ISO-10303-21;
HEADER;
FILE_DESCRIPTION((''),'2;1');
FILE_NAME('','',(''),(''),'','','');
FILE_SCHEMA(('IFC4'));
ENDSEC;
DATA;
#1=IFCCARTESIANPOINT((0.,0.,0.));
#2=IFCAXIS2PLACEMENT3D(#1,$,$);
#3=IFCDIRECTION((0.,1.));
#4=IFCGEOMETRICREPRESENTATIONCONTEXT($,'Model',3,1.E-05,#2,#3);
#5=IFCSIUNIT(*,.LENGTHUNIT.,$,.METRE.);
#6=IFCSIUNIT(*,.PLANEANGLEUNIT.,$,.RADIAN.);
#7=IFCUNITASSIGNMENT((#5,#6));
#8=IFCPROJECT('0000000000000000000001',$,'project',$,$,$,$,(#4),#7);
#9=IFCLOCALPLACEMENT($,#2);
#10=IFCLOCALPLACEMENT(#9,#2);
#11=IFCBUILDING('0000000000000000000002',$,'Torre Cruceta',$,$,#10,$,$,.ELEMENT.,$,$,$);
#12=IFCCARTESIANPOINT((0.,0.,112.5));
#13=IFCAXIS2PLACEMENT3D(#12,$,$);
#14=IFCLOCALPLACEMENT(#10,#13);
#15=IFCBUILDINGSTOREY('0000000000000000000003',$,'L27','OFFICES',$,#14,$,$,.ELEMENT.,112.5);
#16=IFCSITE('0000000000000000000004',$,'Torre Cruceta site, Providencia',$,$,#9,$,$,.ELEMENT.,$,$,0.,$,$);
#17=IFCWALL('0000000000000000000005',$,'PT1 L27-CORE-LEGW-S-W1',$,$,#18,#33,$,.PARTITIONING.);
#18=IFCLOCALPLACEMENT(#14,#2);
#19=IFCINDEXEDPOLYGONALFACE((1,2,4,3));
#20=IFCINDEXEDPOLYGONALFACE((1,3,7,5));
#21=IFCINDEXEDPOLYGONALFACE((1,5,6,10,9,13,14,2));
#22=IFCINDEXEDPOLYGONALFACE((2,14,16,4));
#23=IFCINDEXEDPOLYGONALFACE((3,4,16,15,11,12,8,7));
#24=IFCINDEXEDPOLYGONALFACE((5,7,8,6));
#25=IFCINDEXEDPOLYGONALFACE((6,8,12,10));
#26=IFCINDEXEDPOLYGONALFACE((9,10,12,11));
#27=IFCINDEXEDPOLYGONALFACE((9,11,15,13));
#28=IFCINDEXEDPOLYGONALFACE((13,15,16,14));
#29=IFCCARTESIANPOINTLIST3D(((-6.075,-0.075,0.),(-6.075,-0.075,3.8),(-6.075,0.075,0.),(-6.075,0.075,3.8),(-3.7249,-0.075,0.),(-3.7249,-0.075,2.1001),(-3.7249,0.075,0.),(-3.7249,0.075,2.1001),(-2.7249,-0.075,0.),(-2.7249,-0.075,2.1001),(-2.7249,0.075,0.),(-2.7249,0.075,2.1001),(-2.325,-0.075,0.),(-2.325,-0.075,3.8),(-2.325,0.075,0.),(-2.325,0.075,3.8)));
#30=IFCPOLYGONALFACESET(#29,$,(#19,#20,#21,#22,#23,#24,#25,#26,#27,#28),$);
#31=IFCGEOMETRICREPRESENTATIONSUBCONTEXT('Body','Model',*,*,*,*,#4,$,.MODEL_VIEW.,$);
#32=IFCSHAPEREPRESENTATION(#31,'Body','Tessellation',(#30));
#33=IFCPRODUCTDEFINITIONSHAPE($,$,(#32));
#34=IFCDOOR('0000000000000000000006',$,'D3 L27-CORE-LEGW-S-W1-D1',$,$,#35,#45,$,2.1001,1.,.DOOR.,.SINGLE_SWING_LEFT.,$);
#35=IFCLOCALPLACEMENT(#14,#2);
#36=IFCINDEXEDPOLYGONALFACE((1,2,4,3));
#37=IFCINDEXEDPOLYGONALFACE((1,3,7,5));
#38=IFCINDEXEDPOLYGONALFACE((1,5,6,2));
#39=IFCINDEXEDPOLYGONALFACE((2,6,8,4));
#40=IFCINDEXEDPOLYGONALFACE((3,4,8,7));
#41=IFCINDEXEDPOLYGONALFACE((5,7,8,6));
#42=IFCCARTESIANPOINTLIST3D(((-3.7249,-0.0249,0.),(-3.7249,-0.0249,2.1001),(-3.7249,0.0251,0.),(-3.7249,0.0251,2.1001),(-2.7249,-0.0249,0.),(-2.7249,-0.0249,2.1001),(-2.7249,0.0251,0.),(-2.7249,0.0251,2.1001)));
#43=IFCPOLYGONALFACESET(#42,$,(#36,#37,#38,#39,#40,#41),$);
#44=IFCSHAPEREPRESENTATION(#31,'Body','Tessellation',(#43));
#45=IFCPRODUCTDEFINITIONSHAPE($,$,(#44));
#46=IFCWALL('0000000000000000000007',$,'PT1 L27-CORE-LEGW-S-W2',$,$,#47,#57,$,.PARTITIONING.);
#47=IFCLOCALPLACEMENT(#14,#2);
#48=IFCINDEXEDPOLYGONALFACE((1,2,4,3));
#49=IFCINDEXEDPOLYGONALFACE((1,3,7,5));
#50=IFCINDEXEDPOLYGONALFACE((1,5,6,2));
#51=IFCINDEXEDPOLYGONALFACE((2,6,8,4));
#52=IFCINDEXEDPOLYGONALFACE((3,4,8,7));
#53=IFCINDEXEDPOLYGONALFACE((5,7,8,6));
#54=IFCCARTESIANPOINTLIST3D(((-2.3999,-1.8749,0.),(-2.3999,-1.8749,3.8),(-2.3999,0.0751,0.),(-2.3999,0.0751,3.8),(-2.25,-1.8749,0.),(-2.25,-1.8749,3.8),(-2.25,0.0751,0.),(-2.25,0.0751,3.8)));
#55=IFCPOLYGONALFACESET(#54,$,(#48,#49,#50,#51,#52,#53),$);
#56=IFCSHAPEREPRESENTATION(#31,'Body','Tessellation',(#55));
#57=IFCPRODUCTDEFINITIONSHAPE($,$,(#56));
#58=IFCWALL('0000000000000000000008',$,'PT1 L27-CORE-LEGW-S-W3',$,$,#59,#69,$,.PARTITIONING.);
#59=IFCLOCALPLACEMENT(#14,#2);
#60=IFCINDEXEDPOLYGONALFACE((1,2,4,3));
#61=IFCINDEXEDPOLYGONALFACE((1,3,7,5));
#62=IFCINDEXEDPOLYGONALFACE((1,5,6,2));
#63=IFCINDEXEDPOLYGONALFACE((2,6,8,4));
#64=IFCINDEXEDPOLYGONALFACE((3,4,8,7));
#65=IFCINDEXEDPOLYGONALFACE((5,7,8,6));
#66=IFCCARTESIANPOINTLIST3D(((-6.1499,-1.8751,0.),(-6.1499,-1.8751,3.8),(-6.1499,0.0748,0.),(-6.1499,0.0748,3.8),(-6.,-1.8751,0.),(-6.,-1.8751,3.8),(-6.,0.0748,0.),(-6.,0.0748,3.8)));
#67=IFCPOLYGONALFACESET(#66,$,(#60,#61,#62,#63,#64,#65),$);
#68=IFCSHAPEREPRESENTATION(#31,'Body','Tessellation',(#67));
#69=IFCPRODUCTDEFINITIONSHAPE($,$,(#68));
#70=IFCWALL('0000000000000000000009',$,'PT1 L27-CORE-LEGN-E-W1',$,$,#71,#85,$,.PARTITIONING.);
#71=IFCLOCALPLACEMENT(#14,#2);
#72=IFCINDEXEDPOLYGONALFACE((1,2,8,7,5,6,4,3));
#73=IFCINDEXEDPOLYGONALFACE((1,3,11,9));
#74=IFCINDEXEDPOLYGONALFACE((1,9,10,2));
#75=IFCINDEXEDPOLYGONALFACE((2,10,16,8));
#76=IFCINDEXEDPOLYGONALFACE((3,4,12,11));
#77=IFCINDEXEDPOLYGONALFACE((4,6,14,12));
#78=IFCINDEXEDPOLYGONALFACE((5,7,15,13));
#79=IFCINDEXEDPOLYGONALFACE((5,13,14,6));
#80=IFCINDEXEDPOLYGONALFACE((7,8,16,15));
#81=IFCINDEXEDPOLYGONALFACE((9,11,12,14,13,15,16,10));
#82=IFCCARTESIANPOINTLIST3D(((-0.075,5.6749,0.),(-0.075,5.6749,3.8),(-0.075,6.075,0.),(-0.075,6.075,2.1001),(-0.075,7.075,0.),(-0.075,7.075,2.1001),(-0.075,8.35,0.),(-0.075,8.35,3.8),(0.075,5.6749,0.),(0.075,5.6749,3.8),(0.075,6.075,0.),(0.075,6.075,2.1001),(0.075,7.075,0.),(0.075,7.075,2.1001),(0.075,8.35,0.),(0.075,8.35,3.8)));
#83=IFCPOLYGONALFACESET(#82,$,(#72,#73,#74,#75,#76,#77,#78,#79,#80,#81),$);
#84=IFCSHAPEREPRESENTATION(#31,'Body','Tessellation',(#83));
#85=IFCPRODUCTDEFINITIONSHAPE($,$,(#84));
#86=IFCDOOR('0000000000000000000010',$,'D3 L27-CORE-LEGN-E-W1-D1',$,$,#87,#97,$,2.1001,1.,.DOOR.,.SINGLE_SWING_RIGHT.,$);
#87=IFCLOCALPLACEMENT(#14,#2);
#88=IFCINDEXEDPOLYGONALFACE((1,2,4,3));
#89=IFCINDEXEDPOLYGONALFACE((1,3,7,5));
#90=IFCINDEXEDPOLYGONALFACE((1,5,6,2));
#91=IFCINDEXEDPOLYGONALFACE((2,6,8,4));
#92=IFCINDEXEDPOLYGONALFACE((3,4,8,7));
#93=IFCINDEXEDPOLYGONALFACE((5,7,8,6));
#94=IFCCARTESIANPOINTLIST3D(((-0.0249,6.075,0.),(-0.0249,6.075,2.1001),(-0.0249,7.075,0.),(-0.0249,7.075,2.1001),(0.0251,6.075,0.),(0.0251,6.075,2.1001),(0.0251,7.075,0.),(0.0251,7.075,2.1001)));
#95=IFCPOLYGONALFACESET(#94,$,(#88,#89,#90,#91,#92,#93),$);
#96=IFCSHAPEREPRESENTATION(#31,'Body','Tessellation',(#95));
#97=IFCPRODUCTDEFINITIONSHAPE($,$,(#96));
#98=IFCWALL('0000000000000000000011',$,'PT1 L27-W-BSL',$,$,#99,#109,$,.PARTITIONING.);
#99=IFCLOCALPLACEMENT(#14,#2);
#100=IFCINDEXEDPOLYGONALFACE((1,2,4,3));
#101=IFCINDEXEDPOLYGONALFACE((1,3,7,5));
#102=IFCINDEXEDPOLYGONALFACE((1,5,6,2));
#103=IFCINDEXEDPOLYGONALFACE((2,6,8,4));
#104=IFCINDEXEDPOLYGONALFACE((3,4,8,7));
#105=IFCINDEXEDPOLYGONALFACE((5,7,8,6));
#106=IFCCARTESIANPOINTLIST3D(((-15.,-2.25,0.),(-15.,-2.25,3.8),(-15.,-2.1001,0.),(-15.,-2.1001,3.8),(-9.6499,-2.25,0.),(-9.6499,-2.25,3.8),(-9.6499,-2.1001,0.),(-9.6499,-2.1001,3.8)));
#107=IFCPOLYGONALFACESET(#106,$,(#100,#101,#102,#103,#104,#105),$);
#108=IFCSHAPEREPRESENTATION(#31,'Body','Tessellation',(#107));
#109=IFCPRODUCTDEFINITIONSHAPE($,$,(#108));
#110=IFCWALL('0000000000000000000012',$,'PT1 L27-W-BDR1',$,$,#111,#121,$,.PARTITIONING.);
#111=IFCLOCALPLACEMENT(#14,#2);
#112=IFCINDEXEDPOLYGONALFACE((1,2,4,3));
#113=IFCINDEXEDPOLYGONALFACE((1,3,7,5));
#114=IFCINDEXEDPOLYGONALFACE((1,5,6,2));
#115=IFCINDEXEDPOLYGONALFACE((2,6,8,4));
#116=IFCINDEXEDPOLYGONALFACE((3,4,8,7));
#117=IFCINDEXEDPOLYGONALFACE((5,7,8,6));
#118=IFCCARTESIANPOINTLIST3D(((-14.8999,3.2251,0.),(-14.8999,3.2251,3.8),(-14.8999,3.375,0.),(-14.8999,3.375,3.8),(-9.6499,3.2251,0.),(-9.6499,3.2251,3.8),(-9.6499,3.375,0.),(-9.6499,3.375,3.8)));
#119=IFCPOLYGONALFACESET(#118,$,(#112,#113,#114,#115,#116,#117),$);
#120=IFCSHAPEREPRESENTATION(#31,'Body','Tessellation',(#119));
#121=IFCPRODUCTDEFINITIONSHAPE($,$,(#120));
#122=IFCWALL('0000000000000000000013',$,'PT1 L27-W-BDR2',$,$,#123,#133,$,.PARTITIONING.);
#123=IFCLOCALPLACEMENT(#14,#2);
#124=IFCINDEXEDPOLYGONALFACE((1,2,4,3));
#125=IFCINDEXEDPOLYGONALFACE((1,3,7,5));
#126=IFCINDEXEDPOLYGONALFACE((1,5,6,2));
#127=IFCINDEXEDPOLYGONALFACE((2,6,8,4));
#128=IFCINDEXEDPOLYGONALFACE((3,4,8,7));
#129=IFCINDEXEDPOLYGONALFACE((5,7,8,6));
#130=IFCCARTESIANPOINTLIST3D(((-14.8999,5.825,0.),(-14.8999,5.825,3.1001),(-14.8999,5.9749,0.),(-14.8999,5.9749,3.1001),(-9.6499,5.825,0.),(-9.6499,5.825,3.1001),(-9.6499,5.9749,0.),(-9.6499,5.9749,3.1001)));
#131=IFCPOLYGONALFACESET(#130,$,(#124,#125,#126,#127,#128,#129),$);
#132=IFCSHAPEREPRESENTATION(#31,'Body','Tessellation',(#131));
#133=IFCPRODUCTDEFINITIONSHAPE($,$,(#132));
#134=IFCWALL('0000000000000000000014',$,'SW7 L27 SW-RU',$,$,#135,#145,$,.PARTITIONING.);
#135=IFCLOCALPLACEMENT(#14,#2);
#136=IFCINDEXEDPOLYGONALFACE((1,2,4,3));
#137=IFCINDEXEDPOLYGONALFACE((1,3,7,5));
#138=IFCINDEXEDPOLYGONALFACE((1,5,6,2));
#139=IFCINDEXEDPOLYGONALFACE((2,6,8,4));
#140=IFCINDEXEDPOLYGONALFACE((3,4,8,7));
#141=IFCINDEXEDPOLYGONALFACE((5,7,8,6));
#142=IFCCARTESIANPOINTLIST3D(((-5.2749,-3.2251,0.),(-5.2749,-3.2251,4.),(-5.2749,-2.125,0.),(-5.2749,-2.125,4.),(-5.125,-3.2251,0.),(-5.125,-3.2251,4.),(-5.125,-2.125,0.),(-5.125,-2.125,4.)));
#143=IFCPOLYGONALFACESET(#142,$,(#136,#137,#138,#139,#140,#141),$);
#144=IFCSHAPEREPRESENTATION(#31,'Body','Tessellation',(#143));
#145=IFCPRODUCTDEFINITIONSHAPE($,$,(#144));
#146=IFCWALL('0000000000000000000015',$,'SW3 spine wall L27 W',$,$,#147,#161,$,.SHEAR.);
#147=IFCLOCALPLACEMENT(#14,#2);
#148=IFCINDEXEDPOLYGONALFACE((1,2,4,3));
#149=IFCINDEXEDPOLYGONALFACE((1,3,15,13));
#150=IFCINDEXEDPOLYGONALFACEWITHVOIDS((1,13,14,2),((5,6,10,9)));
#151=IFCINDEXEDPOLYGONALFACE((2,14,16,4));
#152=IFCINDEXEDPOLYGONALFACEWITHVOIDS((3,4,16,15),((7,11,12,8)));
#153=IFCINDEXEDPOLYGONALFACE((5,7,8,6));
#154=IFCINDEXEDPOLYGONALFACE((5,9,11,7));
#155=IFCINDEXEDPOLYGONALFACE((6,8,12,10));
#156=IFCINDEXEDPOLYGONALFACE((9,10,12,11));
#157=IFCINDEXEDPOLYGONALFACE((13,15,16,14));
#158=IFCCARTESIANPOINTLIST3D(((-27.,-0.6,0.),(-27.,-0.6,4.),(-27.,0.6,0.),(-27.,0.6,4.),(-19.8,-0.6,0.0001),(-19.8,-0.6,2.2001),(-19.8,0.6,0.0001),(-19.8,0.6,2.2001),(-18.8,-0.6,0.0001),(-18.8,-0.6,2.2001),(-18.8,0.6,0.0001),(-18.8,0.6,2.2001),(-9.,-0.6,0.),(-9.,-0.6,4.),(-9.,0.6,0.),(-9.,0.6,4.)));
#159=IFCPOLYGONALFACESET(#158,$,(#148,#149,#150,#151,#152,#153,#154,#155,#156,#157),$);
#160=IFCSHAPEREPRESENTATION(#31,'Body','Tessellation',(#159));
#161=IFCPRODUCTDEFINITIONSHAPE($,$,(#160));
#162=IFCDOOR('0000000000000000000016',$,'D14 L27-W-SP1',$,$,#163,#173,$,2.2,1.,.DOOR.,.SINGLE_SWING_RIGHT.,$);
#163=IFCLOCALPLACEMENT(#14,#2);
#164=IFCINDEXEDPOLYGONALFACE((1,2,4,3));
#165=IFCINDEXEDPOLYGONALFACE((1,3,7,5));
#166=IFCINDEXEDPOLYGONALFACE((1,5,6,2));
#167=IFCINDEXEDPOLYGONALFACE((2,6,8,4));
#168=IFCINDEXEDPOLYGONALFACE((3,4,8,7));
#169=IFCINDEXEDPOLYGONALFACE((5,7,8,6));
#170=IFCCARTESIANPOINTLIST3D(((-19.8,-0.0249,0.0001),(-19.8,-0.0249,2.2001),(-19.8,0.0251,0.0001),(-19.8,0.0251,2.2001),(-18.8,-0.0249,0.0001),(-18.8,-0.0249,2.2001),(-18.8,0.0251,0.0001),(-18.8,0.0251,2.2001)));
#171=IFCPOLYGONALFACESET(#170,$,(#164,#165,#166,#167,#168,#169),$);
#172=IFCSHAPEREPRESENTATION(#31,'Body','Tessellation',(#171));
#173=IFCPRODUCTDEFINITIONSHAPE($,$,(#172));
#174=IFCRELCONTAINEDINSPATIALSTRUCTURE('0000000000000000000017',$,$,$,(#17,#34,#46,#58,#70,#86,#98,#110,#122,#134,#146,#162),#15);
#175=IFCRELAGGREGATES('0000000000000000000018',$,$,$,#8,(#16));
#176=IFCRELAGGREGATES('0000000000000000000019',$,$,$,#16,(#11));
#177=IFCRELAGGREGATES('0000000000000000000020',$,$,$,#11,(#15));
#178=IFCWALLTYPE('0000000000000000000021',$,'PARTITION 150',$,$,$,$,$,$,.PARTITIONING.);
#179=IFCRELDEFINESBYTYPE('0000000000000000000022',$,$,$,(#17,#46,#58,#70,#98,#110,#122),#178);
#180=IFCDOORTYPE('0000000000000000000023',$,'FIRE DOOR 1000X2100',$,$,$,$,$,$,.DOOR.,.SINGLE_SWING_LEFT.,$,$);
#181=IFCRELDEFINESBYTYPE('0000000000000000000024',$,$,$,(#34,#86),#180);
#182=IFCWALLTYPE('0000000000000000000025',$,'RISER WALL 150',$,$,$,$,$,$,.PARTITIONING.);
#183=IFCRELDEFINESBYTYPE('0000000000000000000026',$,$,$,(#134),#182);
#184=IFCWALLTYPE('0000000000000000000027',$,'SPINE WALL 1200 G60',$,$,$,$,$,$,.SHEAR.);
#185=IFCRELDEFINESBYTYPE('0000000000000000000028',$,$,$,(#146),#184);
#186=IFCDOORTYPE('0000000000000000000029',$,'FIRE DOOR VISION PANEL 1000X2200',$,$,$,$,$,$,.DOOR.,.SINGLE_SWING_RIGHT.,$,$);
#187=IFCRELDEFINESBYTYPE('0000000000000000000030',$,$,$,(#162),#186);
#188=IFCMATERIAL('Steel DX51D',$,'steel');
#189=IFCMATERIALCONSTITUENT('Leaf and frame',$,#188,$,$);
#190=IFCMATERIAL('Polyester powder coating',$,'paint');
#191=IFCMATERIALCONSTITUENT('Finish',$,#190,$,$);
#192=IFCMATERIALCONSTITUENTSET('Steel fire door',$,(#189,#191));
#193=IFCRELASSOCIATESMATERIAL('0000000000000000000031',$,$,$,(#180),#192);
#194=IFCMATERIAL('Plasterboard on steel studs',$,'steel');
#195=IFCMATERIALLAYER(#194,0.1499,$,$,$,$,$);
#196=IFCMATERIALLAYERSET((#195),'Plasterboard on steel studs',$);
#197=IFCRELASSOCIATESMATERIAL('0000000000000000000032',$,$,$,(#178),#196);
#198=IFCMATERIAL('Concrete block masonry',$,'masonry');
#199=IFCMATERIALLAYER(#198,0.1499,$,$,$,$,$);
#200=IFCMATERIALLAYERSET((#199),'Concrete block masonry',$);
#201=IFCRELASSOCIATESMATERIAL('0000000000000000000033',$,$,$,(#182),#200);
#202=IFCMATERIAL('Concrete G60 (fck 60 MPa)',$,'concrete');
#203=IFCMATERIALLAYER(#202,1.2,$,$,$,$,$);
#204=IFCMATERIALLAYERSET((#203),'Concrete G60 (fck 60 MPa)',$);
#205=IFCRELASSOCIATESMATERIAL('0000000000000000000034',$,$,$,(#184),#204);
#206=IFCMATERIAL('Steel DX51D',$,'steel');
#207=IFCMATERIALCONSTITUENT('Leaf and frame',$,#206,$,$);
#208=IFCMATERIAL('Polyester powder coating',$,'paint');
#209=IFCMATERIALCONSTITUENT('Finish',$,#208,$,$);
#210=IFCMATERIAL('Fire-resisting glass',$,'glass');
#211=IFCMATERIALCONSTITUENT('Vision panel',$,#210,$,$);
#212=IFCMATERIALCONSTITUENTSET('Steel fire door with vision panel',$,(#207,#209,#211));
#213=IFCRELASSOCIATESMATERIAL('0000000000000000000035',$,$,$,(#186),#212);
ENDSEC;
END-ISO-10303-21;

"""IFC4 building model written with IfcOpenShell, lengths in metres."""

from ifc_helpers import new_model, si_unit, direction, frame, frame_2d, origin, place, context, subcontext, project, spatial, rectangle, extrude, material, layer, layer_set, constituent, constituent_set, type_object, element, fill, save


model = new_model("IFC4")

# Units and contexts
model_context = context("Model", 3, precision=1e-05, world=origin(), true_north=direction((0.0, 1.0)))
body_context = subcontext(model_context, "Body", "Model", "MODEL_VIEW")
ifc_project = project(units=[si_unit("LENGTHUNIT", "METRE"), si_unit("PLANEANGLEUNIT", "RADIAN")], contexts=[model_context])

# Site, building, storey
site_placement = place(None, origin())
site = spatial("IfcSite", under=ifc_project, at=site_placement, Name="Torre Cruceta site, Providencia", CompositionType="ELEMENT", RefElevation=0.0)
building_placement = place(site_placement, origin())
building = spatial("IfcBuilding", under=site, at=building_placement, Name="Torre Cruceta", CompositionType="ELEMENT")
storey_placement = place(building_placement, frame((0.0, 0.0, 112.5)))
storey = spatial("IfcBuildingStorey", under=building, at=storey_placement, Name="L27", Description="OFFICES", CompositionType="ELEMENT", Elevation=112.5)

# Shared definitions
ifc_material_1 = material(Name="Steel DX51D", Category="steel")
ifc_constituent_1 = constituent(ifc_material_1, Name="Leaf and frame")
ifc_material_2 = material(Name="Polyester powder coating", Category="paint")
ifc_constituent_2 = constituent(ifc_material_2, Name="Finish")
ifc_constituent_set_1 = constituent_set(constituents=[ifc_constituent_1, ifc_constituent_2], Name="Steel fire door")
door_type_1 = type_object("IfcDoorType", Name="FIRE DOOR 1000X2100", OperationType="SINGLE_SWING_LEFT", PredefinedType="DOOR", material=ifc_constituent_set_1)

# Wall, opening, door
ifc_material_3 = material(Name="Plasterboard on steel studs", Category="steel")
ifc_layer_1 = layer(ifc_material_3, 0.1499)
ifc_layer_set_1 = layer_set([ifc_layer_1], Name="Plasterboard on steel studs")
wall_type_1 = type_object("IfcWallType", Name="PARTITION 150", PredefinedType="PARTITIONING", material=ifc_layer_set_1)
wall_1_placement = place(storey_placement, frame((-2.325, 0.0, 0.0), z_axis=(0.0, 0.0, 1.0), x_axis=(-1.0, 0.0, 0.0)))
wall_1 = element("IfcWall", 1, at=wall_1_placement, inside=storey, type_object=wall_type_1, Name="PT1 L27-CORE-LEGW-S-W1", PredefinedType="PARTITIONING", context=body_context, shape_type="SweptSolid", body=[
    extrude(rectangle(XDim=3.75, YDim=0.1499, at=frame_2d((1.875, 0.0))), origin(), (0.0, 0.0, 1.0), 3.8),
])
opening_1_placement = place(wall_1_placement, frame((0.3999, 0.0, 0.0)))
opening_1 = element("IfcOpeningElement", 2, at=opening_1_placement, cuts=wall_1, PredefinedType="OPENING", context=body_context, shape_type="SweptSolid", body=[
    extrude(rectangle(XDim=1.0, YDim=2.1001, at=frame_2d((0.5, 1.05))), frame((0.0, 0.085, 0.0), z_axis=(0.0, -1.0, 0.0), x_axis=(1.0, 0.0, 0.0)), (0.0, 0.0, 1.0), 0.1699),
])
door_1_placement = place(opening_1_placement, origin())
door_1 = element("IfcDoor", 3, at=door_1_placement, inside=storey, type_object=door_type_1, Name="D3 L27-CORE-LEGW-S-W1-D1", OperationType="SINGLE_SWING_LEFT", OverallHeight=2.1001, OverallWidth=1.0, PredefinedType="DOOR", context=body_context, shape_type="SweptSolid", body=[
    extrude(rectangle(XDim=1.0, YDim=2.1001, at=frame_2d((0.5, 1.05))), frame((0.0, 0.0249, 0.0), z_axis=(0.0, -1.0, 0.0), x_axis=(1.0, 0.0, 0.0)), (0.0, 0.0, 1.0), 0.05),
])
fill(opening_1, door_1)

# Walls
for number, where, z_axis, x_axis, name in (
    (4, (-2.325, -1.875, 0.0), (0.0, 0.0, 1.0), (0.0, 1.0, 0.0), "PT1 L27-CORE-LEGW-S-W2"),
    (5, (-6.075, 0.075, 0.0), (0.0, 0.0, 1.0), (0.0, -1.0, 0.0), "PT1 L27-CORE-LEGW-S-W3"),
):
    element("IfcWall", number, at=place(storey_placement, frame(where, z_axis=z_axis, x_axis=x_axis)), inside=storey, type_object=wall_type_1, Name=name, PredefinedType="PARTITIONING", context=body_context, shape_type="SweptSolid", body=[
        extrude(rectangle(XDim=1.95, YDim=0.1499, at=frame_2d((0.9751, 0.0))), origin(), (0.0, 0.0, 1.0), 3.8),
    ])

# Wall, opening, door
wall_2_placement = place(storey_placement, frame((0.0, 5.675, 0.0), z_axis=(0.0, 0.0, 1.0), x_axis=(0.0, 1.0, 0.0)))
wall_2 = element("IfcWall", 6, at=wall_2_placement, inside=storey, type_object=wall_type_1, Name="PT1 L27-CORE-LEGN-E-W1", PredefinedType="PARTITIONING", context=body_context, shape_type="SweptSolid", body=[
    extrude(rectangle(XDim=2.675, YDim=0.1499, at=frame_2d((1.3374, 0.0))), origin(), (0.0, 0.0, 1.0), 3.8),
])
opening_2_placement = place(wall_2_placement, frame((0.3999, 0.0, 0.0)))
opening_2 = element("IfcOpeningElement", 7, at=opening_2_placement, cuts=wall_2, PredefinedType="OPENING", context=body_context, shape_type="SweptSolid", body=[
    extrude(rectangle(XDim=1.0, YDim=2.1001, at=frame_2d((0.5, 1.05))), frame((0.0, 0.085, 0.0), z_axis=(0.0, -1.0, 0.0), x_axis=(1.0, 0.0, 0.0)), (0.0, 0.0, 1.0), 0.1699),
])
door_2_placement = place(opening_2_placement, frame((1.0, 0.0, 0.0), z_axis=(0.0, 0.0, 1.0), x_axis=(-1.0, 0.0, 0.0)))
door_2 = element("IfcDoor", 8, at=door_2_placement, inside=storey, type_object=door_type_1, Name="D3 L27-CORE-LEGN-E-W1-D1", OperationType="SINGLE_SWING_RIGHT", OverallHeight=2.1001, OverallWidth=1.0, PredefinedType="DOOR", context=body_context, shape_type="SweptSolid", body=[
    extrude(rectangle(XDim=1.0, YDim=2.1001, at=frame_2d((0.5, 1.05))), frame((0.0, 0.0251, 0.0), z_axis=(0.0, -1.0, 0.0), x_axis=(1.0, 0.0, 0.0)), (0.0, 0.0, 1.0), 0.05),
])
fill(opening_2, door_2)

# Walls
wall_3_placement = place(storey_placement, frame((-9.6499, -2.175, 0.0), z_axis=(0.0, 0.0, 1.0), x_axis=(-1.0, 0.0, 0.0)))
element("IfcWall", 9, at=wall_3_placement, inside=storey, type_object=wall_type_1, Name="PT1 L27-W-BSL", PredefinedType="PARTITIONING", context=body_context, shape_type="SweptSolid", body=[
    extrude(rectangle(XDim=5.3501, YDim=0.1499, at=frame_2d((2.675, 0.0))), origin(), (0.0, 0.0, 1.0), 3.8),
])
wall_4_placement = place(storey_placement, frame((-9.6499, 3.3, 0.0), z_axis=(0.0, 0.0, 1.0), x_axis=(-1.0, 0.0, 0.0)))
element("IfcWall", 10, at=wall_4_placement, inside=storey, type_object=wall_type_1, Name="PT1 L27-W-BDR1", PredefinedType="PARTITIONING", context=body_context, shape_type="SweptSolid", body=[
    extrude(rectangle(XDim=5.25, YDim=0.1499, at=frame_2d((2.625, 0.0))), origin(), (0.0, 0.0, 1.0), 3.8),
])
wall_5_placement = place(storey_placement, frame((-9.6499, 5.8999, 0.0), z_axis=(0.0, 0.0, 1.0), x_axis=(-1.0, 0.0, 0.0)))
element("IfcWall", 11, at=wall_5_placement, inside=storey, type_object=wall_type_1, Name="PT1 L27-W-BDR2", PredefinedType="PARTITIONING", context=body_context, shape_type="SweptSolid", body=[
    extrude(rectangle(XDim=5.25, YDim=0.1499, at=frame_2d((2.625, 0.0))), origin(), (0.0, 0.0, 1.0), 3.1001),
])
ifc_material_4 = material(Name="Concrete block masonry", Category="masonry")
ifc_layer_2 = layer(ifc_material_4, 0.1499)
ifc_layer_set_2 = layer_set([ifc_layer_2], Name="Concrete block masonry")
wall_type_2 = type_object("IfcWallType", Name="RISER WALL 150", PredefinedType="PARTITIONING", material=ifc_layer_set_2)
wall_6_placement = place(storey_placement, frame((-5.2, -2.125, 0.0), z_axis=(0.0, 0.0, 1.0), x_axis=(0.0, -1.0, 0.0)))
element("IfcWall", 12, at=wall_6_placement, inside=storey, type_object=wall_type_2, Name="SW7 L27 SW-RU", PredefinedType="PARTITIONING", context=body_context, shape_type="SweptSolid", body=[
    extrude(rectangle(XDim=1.1001, YDim=0.1499, at=frame_2d((0.55, 0.0))), origin(), (0.0, 0.0, 1.0), 4.0),
])

# Wall, opening, door
ifc_material_5 = material(Name="Concrete G60 (fck 60 MPa)", Category="concrete")
ifc_layer_3 = layer(ifc_material_5, 1.2)
ifc_layer_set_3 = layer_set([ifc_layer_3], Name="Concrete G60 (fck 60 MPa)")
wall_type_3 = type_object("IfcWallType", Name="SPINE WALL 1200 G60", PredefinedType="SHEAR", material=ifc_layer_set_3)
wall_7_placement = place(storey_placement, frame((-9.0, 0.0, 0.0), z_axis=(0.0, 0.0, 1.0), x_axis=(-1.0, 0.0, 0.0)))
wall_7 = element("IfcWall", 13, at=wall_7_placement, inside=storey, type_object=wall_type_3, Name="SW3 spine wall L27 W", PredefinedType="SHEAR", context=body_context, shape_type="SweptSolid", body=[
    extrude(rectangle(XDim=18.0, YDim=1.2, at=frame_2d((9.0, 0.0))), origin(), (0.0, 0.0, 1.0), 4.0),
])
opening_3_placement = place(wall_7_placement, frame((9.8, 0.0, 0.0)))
opening_3 = element("IfcOpeningElement", 14, at=opening_3_placement, cuts=wall_7, PredefinedType="OPENING", context=body_context, shape_type="SweptSolid", body=[
    extrude(rectangle(XDim=1.0, YDim=2.2, at=frame_2d((0.5, 1.1001))), frame((0.0, 0.6099, 0.0), z_axis=(0.0, -1.0, 0.0), x_axis=(1.0, 0.0, 0.0)), (0.0, 0.0, 1.0), 1.22),
])
ifc_material_6 = material(Name="Steel DX51D", Category="steel")
ifc_constituent_3 = constituent(ifc_material_6, Name="Leaf and frame")
ifc_material_7 = material(Name="Polyester powder coating", Category="paint")
ifc_constituent_4 = constituent(ifc_material_7, Name="Finish")
ifc_material_8 = material(Name="Fire-resisting glass", Category="glass")
ifc_constituent_5 = constituent(ifc_material_8, Name="Vision panel")
ifc_constituent_set_2 = constituent_set(constituents=[ifc_constituent_3, ifc_constituent_4, ifc_constituent_5], Name="Steel fire door with vision panel")
door_type_2 = type_object("IfcDoorType", Name="FIRE DOOR VISION PANEL 1000X2200", OperationType="SINGLE_SWING_RIGHT", PredefinedType="DOOR", material=ifc_constituent_set_2)
door_3_placement = place(opening_3_placement, origin())
door_3 = element("IfcDoor", 15, at=door_3_placement, inside=storey, type_object=door_type_2, Name="D14 L27-W-SP1", OperationType="SINGLE_SWING_RIGHT", OverallHeight=2.2, OverallWidth=1.0, PredefinedType="DOOR", context=body_context, shape_type="SweptSolid", body=[
    extrude(rectangle(XDim=1.0, YDim=2.2, at=frame_2d((0.5, 1.1001))), frame((0.0, 0.0249, 0.0), z_axis=(0.0, -1.0, 0.0), x_axis=(1.0, 0.0, 0.0)), (0.0, 0.0, 1.0), 0.05),
])
fill(opening_3, door_3)

save(model, "model.ifc")
